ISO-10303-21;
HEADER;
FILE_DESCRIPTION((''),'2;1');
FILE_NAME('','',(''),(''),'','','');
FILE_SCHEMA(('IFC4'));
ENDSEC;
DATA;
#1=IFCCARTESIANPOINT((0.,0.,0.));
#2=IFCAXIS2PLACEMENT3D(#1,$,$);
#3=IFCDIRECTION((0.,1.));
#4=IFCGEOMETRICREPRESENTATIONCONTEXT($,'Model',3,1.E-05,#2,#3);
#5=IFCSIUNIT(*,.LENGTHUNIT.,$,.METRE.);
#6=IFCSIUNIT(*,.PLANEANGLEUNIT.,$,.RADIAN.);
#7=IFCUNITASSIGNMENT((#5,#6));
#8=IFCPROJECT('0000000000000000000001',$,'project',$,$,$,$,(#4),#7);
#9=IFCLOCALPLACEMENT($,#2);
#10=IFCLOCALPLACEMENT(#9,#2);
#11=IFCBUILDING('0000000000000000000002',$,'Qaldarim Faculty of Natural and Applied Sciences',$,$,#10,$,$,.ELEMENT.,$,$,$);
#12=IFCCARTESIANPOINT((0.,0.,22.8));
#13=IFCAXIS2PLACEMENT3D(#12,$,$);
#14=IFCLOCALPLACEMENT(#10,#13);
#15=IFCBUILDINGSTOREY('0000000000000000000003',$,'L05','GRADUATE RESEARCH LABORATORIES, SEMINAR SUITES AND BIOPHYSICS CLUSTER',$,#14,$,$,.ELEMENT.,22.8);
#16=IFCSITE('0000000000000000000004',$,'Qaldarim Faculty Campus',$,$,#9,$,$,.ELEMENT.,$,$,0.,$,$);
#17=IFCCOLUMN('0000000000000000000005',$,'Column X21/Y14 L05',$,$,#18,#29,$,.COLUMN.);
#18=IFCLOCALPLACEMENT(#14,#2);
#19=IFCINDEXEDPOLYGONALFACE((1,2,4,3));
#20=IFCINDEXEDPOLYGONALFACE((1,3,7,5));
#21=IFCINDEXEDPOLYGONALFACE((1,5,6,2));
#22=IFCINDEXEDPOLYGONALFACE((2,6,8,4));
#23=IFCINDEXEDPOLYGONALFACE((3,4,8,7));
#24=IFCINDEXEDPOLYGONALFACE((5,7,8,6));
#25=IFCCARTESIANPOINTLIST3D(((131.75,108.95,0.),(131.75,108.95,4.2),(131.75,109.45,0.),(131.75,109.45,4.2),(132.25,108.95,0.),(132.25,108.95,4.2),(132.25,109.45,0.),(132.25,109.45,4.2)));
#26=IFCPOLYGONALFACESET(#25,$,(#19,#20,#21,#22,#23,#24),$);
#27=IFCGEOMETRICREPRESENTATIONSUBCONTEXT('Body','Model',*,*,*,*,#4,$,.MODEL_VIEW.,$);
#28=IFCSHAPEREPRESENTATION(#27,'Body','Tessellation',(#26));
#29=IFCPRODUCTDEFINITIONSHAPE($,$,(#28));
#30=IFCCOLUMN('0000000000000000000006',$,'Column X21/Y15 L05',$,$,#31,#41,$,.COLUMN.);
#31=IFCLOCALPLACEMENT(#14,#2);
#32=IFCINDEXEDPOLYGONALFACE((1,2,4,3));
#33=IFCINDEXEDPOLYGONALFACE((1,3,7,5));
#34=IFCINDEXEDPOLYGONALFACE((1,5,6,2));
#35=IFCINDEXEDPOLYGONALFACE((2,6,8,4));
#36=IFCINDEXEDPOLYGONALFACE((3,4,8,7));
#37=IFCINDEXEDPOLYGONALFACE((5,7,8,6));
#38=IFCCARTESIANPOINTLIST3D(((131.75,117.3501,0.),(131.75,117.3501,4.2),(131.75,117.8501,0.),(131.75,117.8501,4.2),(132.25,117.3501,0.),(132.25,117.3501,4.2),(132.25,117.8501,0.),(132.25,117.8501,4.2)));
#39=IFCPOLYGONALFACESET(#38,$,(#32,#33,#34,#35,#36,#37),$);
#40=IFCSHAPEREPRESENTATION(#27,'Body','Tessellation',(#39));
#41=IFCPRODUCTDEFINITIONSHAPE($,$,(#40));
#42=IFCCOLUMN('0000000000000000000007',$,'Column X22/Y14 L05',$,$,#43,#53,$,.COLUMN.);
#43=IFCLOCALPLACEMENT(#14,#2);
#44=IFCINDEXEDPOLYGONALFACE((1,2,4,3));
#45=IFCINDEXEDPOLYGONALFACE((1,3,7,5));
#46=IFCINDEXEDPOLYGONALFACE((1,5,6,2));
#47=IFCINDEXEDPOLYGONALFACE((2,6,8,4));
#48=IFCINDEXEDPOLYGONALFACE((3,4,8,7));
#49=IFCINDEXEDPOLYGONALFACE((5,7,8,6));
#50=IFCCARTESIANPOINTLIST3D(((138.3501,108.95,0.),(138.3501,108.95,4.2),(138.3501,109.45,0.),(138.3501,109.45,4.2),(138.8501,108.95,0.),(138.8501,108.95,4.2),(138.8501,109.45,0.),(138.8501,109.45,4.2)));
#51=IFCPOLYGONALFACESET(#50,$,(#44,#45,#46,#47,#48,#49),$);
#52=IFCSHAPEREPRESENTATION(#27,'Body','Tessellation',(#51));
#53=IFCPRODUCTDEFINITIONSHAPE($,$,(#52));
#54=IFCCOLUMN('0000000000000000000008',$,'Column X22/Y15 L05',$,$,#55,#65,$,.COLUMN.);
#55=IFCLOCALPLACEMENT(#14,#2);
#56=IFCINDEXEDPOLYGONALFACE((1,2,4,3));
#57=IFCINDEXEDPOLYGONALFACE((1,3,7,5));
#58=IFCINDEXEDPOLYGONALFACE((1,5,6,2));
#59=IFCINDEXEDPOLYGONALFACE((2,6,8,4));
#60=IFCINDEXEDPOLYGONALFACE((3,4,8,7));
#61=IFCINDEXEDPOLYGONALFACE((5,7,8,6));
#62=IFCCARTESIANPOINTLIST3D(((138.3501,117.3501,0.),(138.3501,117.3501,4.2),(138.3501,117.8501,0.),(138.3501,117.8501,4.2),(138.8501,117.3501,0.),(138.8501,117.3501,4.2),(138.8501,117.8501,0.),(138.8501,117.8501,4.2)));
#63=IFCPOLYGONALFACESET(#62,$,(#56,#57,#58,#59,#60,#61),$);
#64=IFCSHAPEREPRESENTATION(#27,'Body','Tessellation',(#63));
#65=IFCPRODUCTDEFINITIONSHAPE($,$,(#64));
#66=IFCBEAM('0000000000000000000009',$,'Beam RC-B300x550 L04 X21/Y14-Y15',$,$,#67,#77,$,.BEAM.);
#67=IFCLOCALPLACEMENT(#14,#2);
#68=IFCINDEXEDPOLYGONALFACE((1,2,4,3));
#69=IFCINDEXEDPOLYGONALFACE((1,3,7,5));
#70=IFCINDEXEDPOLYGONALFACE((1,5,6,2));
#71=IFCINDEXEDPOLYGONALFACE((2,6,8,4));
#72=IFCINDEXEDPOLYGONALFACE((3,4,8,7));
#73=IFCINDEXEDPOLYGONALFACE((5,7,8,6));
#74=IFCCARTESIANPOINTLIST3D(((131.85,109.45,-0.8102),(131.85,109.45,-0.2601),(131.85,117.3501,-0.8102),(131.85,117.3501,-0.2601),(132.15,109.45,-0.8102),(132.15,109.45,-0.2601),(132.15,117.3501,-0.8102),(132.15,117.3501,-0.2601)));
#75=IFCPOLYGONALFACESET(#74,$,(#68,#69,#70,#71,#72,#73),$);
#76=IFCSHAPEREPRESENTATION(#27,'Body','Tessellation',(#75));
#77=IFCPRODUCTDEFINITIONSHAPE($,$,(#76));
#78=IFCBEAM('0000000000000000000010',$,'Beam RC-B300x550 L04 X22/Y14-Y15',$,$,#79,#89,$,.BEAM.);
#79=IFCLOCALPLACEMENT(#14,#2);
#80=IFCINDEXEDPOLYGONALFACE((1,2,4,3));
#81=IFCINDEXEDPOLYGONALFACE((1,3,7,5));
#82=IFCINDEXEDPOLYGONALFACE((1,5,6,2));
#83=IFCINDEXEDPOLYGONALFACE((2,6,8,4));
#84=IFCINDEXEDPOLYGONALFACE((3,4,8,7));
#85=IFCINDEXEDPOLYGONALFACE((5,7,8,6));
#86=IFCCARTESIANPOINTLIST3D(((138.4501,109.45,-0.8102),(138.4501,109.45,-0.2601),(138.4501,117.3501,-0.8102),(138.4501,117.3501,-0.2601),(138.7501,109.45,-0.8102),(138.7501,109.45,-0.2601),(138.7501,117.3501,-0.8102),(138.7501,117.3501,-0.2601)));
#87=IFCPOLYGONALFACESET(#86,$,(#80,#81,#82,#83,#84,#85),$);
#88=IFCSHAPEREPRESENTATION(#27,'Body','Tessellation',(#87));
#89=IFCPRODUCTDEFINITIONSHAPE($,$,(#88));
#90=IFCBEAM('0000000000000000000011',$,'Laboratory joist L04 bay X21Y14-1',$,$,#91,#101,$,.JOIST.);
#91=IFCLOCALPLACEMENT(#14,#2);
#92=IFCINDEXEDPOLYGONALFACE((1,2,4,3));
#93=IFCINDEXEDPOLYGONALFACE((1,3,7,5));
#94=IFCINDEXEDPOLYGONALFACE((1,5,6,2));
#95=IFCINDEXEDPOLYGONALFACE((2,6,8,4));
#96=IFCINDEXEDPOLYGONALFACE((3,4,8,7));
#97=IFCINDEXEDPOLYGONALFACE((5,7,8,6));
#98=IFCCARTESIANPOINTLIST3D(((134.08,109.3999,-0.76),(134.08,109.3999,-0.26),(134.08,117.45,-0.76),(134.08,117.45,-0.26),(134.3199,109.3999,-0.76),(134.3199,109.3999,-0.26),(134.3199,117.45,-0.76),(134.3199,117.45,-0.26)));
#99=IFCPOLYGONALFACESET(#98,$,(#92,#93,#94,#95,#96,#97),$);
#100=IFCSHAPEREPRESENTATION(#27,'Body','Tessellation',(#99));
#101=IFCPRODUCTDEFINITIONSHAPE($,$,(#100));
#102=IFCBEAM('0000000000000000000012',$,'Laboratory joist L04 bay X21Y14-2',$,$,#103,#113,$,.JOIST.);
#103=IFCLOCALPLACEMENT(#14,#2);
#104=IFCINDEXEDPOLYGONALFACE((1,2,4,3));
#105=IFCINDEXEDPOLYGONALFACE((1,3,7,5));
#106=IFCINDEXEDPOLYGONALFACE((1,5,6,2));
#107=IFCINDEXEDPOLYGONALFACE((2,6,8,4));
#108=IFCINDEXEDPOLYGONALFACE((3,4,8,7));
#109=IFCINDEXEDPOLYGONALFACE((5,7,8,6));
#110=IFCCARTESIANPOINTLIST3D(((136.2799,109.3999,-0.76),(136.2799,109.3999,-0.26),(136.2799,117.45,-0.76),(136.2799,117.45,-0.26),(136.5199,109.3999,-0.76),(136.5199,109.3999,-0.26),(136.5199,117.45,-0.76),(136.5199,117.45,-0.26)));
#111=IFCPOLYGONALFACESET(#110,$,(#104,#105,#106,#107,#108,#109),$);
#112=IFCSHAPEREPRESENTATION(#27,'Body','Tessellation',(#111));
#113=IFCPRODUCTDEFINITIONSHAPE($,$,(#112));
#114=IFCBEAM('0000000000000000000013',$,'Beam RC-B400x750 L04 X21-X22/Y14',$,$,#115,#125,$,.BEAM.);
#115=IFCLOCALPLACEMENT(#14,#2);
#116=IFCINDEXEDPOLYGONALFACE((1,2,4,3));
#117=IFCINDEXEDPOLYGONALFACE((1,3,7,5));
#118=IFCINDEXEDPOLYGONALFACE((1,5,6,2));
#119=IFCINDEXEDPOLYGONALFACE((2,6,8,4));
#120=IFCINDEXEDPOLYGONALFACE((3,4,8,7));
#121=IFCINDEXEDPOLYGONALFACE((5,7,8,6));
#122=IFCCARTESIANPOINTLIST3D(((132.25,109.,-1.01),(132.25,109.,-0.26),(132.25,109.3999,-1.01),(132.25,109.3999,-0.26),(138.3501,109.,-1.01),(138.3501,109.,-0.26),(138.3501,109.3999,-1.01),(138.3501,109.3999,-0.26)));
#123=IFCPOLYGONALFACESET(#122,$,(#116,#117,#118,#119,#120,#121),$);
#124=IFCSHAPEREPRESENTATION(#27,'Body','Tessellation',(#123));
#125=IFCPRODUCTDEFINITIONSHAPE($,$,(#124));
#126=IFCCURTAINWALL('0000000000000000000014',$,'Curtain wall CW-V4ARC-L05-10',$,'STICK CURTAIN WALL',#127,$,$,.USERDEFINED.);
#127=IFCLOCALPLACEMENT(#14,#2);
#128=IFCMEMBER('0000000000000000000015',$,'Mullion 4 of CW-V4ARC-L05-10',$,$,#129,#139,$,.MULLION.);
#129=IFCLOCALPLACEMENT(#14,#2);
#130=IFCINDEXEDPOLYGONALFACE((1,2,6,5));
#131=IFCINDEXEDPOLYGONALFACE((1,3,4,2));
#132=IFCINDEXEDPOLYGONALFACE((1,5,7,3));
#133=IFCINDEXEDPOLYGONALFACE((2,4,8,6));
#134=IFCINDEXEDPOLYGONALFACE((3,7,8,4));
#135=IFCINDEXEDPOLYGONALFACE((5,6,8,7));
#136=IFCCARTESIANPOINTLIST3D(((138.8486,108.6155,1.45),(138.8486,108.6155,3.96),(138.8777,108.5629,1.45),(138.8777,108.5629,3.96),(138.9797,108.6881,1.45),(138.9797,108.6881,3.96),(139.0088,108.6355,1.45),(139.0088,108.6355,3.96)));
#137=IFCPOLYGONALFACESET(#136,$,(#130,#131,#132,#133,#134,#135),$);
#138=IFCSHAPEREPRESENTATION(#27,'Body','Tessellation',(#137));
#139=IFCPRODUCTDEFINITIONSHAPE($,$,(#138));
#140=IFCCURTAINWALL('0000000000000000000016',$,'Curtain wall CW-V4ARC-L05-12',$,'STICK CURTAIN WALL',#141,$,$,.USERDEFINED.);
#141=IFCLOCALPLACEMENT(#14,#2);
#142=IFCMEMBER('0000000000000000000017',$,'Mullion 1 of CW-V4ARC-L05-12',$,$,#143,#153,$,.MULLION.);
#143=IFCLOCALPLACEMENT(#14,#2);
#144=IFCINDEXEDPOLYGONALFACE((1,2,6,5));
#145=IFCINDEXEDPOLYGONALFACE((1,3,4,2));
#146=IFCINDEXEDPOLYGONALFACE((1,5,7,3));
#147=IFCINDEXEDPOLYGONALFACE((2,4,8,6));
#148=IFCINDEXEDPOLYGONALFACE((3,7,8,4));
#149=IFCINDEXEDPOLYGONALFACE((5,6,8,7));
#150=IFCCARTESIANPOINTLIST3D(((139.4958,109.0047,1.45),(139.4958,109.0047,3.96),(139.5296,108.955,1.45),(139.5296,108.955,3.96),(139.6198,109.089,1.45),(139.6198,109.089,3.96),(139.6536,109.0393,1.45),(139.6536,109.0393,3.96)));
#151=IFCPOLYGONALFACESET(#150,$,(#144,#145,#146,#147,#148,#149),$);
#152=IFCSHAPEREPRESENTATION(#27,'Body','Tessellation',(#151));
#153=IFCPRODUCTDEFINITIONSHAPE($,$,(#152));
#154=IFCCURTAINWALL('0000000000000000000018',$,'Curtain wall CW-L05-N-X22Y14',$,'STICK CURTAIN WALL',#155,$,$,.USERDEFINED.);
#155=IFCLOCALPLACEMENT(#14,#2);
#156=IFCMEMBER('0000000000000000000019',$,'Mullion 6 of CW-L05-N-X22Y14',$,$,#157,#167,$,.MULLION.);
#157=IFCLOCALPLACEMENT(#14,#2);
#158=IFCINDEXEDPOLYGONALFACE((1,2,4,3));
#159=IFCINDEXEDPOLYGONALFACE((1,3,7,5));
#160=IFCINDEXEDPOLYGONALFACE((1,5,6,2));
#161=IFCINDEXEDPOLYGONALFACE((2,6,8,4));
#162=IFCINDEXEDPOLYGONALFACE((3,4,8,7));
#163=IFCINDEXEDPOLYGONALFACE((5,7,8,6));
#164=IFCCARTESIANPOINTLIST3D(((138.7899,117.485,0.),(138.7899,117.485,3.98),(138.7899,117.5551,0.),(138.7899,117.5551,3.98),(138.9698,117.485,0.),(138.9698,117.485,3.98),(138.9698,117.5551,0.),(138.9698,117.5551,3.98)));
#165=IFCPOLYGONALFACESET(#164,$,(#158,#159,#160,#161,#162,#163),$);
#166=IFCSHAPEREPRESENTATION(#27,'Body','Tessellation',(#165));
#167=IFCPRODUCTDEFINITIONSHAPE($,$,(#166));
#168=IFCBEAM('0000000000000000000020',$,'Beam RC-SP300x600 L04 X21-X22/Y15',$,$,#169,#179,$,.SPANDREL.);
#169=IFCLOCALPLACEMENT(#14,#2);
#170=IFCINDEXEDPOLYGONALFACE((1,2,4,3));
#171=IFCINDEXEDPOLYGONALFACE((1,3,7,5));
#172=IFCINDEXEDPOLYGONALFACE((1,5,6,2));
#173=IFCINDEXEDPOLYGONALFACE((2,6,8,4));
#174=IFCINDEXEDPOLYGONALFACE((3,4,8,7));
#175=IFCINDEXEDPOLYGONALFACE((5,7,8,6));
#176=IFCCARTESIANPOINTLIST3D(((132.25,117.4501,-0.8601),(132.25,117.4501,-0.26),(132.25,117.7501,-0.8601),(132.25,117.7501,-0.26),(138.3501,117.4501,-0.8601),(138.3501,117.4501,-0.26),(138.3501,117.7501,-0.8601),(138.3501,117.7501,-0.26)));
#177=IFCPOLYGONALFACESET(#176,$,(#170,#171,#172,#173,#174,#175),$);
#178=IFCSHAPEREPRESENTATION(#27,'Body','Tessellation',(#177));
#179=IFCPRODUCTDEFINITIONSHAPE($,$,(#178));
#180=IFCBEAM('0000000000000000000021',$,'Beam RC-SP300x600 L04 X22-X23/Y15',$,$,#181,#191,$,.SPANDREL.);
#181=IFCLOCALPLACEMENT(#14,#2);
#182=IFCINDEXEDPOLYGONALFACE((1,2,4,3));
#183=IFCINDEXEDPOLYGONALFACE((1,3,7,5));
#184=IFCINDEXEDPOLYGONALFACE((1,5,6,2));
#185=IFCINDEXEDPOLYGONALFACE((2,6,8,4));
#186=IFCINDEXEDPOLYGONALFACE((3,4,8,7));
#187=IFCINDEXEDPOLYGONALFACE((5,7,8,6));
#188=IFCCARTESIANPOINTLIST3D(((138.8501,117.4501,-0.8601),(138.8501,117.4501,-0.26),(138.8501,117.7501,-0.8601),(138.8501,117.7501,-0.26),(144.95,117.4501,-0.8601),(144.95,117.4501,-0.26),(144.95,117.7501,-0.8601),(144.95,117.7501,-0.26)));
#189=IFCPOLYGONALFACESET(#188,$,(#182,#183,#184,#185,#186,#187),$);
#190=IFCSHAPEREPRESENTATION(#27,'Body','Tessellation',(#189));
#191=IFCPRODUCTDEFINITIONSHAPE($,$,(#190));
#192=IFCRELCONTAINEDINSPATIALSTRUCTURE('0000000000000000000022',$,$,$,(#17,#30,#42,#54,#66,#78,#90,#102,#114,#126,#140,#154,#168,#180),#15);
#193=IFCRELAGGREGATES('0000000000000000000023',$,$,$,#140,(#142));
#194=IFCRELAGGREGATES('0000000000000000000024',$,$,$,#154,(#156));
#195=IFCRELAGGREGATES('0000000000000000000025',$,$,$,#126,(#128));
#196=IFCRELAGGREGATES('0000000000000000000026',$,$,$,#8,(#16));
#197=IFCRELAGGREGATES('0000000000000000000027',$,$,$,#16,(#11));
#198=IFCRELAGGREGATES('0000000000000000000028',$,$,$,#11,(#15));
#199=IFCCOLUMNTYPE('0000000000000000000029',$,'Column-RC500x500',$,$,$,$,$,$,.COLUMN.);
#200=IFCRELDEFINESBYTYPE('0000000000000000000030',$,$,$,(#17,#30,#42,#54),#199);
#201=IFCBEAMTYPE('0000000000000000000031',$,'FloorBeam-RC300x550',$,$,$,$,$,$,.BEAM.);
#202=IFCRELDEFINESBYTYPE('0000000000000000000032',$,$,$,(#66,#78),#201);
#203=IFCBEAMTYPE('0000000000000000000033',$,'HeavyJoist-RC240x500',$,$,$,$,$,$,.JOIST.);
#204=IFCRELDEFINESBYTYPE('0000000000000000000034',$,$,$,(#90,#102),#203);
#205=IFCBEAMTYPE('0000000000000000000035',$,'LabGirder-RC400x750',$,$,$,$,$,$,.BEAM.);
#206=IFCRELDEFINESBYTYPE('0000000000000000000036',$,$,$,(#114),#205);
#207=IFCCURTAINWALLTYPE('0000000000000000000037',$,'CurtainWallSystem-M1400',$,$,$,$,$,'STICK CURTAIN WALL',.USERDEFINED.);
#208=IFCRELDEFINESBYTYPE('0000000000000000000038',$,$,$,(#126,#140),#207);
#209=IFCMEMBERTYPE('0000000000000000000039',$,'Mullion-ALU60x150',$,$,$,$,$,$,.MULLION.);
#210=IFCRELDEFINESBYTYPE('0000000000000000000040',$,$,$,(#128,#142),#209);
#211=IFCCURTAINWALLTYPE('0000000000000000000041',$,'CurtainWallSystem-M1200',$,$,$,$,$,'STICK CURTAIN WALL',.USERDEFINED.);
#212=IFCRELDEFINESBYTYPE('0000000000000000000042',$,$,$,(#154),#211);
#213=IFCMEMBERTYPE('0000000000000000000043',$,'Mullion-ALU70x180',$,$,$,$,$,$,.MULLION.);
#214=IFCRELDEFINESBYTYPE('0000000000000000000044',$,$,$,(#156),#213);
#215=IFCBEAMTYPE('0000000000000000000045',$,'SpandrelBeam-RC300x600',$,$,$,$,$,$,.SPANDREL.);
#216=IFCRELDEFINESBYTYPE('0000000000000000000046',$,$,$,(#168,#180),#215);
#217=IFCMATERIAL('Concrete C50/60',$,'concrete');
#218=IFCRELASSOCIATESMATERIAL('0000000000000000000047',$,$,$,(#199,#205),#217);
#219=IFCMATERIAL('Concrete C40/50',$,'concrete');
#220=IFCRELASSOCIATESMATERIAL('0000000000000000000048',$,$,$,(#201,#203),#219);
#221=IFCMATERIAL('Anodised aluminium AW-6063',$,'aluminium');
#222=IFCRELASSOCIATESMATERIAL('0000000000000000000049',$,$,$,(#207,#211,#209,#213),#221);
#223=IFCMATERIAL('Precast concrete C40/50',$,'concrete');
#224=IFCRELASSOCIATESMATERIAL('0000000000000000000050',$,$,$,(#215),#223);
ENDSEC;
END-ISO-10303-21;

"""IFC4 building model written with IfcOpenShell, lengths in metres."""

from ifc_helpers import new_model, si_unit, direction, frame, origin, origin_2d, place, context, subcontext, project, spatial, rectangle, extrude, material, material_profile, profile_set, type_object, element, aggregate, save


model = new_model("IFC4")

# Units and contexts
model_context = context("Model", 3, precision=1e-05, world=origin(), true_north=direction((0.0, 1.0)))
body_context = subcontext(model_context, "Body", "Model", "MODEL_VIEW")
ifc_project = project(units=[si_unit("LENGTHUNIT", "METRE"), si_unit("PLANEANGLEUNIT", "RADIAN")], contexts=[model_context])

# Site, building, storey
site_placement = place(None, origin())
site = spatial("IfcSite", under=ifc_project, at=site_placement, Name="Qaldarim Faculty Campus", CompositionType="ELEMENT", RefElevation=0.0)
building_placement = place(site_placement, origin())
building = spatial("IfcBuilding", under=site, at=building_placement, Name="Qaldarim Faculty of Natural and Applied Sciences", CompositionType="ELEMENT")
storey_placement = place(building_placement, frame((0.0, 0.0, 22.8)))
storey = spatial("IfcBuildingStorey", under=building, at=storey_placement, Name="L05", Description="GRADUATE RESEARCH LABORATORIES, SEMINAR SUITES AND BIOPHYSICS CLUSTER", CompositionType="ELEMENT", Elevation=22.8)

# Columns
ifc_material_1 = material(Name="Concrete C50/60", Category="concrete")
ifc_material_profile_1 = material_profile(ifc_material_1, rectangle(XDim=0.5, YDim=0.5, at=origin_2d()), Name="RC-C500x500")
ifc_profile_set_1 = profile_set([ifc_material_profile_1], Name="Concrete C50/60")
column_type = type_object("IfcColumnType", Name="Column-RC500x500", PredefinedType="COLUMN", material=ifc_profile_set_1)
for number, where, z_axis, x_axis, name in (
    (1, (132.0, 109.2, 0.0), (0.0, 0.0, 1.0), (1.0, 0.0, 0.0), "Column X21/Y14 L05"),
    (2, (132.0, 117.6001, 0.0), (0.0, 0.0, 1.0), (1.0, 0.0, 0.0), "Column X21/Y15 L05"),
    (3, (138.6001, 109.2, 0.0), (0.0, 0.0, 1.0), (1.0, 0.0, 0.0), "Column X22/Y14 L05"),
    (4, (138.6001, 117.6001, 0.0), (0.0, 0.0, 1.0), (1.0, 0.0, 0.0), "Column X22/Y15 L05"),
):
    element("IfcColumn", number, at=place(storey_placement, frame(where, z_axis=z_axis, x_axis=x_axis)), inside=storey, type_object=column_type, Name=name, PredefinedType="COLUMN", context=body_context, shape_type="SweptSolid", body=[
        extrude(rectangle(XDim=0.5, YDim=0.5, at=origin_2d()), origin(), (0.0, 0.0, 1.0), 4.2),
    ])

# Beams
ifc_material_2 = material(Name="Concrete C40/50", Category="concrete")
ifc_material_profile_2 = material_profile(ifc_material_2, rectangle(XDim=0.3, YDim=0.55, at=origin_2d()), Name="RC-B300x550")
ifc_profile_set_2 = profile_set([ifc_material_profile_2], Name="Concrete C40/50")
beam_type_1 = type_object("IfcBeamType", Name="FloorBeam-RC300x550", PredefinedType="BEAM", material=ifc_profile_set_2)
for number, where, z_axis, x_axis, name in (
    (5, (132.0, 109.45, -0.5352), (0.0, 1.0, 0.0), (-1.0, 0.0, 0.0), "Beam RC-B300x550 L04 X21/Y14-Y15"),
    (6, (138.6001, 109.45, -0.5352), (0.0, 1.0, 0.0), (-1.0, 0.0, 0.0), "Beam RC-B300x550 L04 X22/Y14-Y15"),
):
    element("IfcBeam", number, at=place(storey_placement, frame(where, z_axis=z_axis, x_axis=x_axis)), inside=storey, type_object=beam_type_1, Name=name, PredefinedType="BEAM", context=body_context, shape_type="SweptSolid", body=[
        extrude(rectangle(XDim=0.3, YDim=0.55, at=origin_2d()), origin(), (0.0, 0.0, 1.0), 7.9001),
    ])
ifc_material_profile_3 = material_profile(ifc_material_2, rectangle(XDim=0.24, YDim=0.5, at=origin_2d()), Name="RC-J240x500")
ifc_profile_set_3 = profile_set([ifc_material_profile_3], Name="Concrete C40/50")
beam_type_2 = type_object("IfcBeamType", Name="HeavyJoist-RC240x500", PredefinedType="JOIST", material=ifc_profile_set_3)
for number, where, z_axis, x_axis, name in (
    (7, (134.2, 109.3999, -0.51), (0.0, 1.0, 0.0), (-1.0, 0.0, 0.0), "Laboratory joist L04 bay X21Y14-1"),
    (8, (136.3999, 109.3999, -0.51), (0.0, 1.0, 0.0), (-1.0, 0.0, 0.0), "Laboratory joist L04 bay X21Y14-2"),
):
    element("IfcBeam", number, at=place(storey_placement, frame(where, z_axis=z_axis, x_axis=x_axis)), inside=storey, type_object=beam_type_2, Name=name, PredefinedType="JOIST", context=body_context, shape_type="SweptSolid", body=[
        extrude(rectangle(XDim=0.24, YDim=0.5, at=origin_2d()), origin(), (0.0, 0.0, 1.0), 8.05),
    ])
ifc_material_profile_4 = material_profile(ifc_material_1, rectangle(XDim=0.3999, YDim=0.75, at=origin_2d()), Name="RC-B400x750")
ifc_profile_set_4 = profile_set([ifc_material_profile_4], Name="Concrete C50/60")
beam_type_3 = type_object("IfcBeamType", Name="LabGirder-RC400x750", PredefinedType="BEAM", material=ifc_profile_set_4)
beam_1_placement = place(storey_placement, frame((132.25, 109.2, -0.635), z_axis=(1.0, 0.0, 0.0), x_axis=(0.0, 1.0, 0.0)))
element("IfcBeam", 9, at=beam_1_placement, inside=storey, type_object=beam_type_3, Name="Beam RC-B400x750 L04 X21-X22/Y14", PredefinedType="BEAM", context=body_context, shape_type="SweptSolid", body=[
    extrude(rectangle(XDim=0.3999, YDim=0.75, at=origin_2d()), origin(), (0.0, 0.0, 1.0), 6.1001),
])

# Curtain walls, members
ifc_material_3 = material(Name="Anodised aluminium AW-6063", Category="aluminium")
curtain_wall_type_1 = type_object("IfcCurtainWallType", Name="CurtainWallSystem-M1400", ElementType="STICK CURTAIN WALL", PredefinedType="USERDEFINED", material=ifc_material_3)
curtain_wall_1_placement = place(storey_placement, origin())
curtain_wall_1 = element("IfcCurtainWall", 10, at=curtain_wall_1_placement, inside=storey, type_object=curtain_wall_type_1, Name="Curtain wall CW-V4ARC-L05-10", ObjectType="STICK CURTAIN WALL", PredefinedType="USERDEFINED")
ifc_material_profile_5 = material_profile(ifc_material_3, rectangle(XDim=0.0601, YDim=0.1499, at=origin_2d()), Name="ALU-M60x150")
ifc_profile_set_5 = profile_set([ifc_material_profile_5], Name="Anodised aluminium AW-6063")
member_type_1 = type_object("IfcMemberType", Name="Mullion-ALU60x150", PredefinedType="MULLION", material=ifc_profile_set_5)
member_1_placement = place(storey_placement, frame((138.9287, 108.6255, 1.45), z_axis=(0.0, 0.0, 1.0), x_axis=(-0.484382, 0.874857, 0.0)))
member_1 = element("IfcMember", 11, at=member_1_placement, type_object=member_type_1, Name="Mullion 4 of CW-V4ARC-L05-10", PredefinedType="MULLION", context=body_context, shape_type="SweptSolid", body=[
    extrude(rectangle(XDim=0.0601, YDim=0.1499, at=origin_2d()), origin(), (0.0, 0.0, 1.0), 2.51),
])
curtain_wall_2_placement = place(storey_placement, origin())
curtain_wall_2 = element("IfcCurtainWall", 12, at=curtain_wall_2_placement, inside=storey, type_object=curtain_wall_type_1, Name="Curtain wall CW-V4ARC-L05-12", ObjectType="STICK CURTAIN WALL", PredefinedType="USERDEFINED")
member_2_placement = place(storey_placement, frame((139.5747, 109.022, 1.45), z_axis=(0.0, 0.0, 1.0), x_axis=(-0.562372, 0.826884, 0.0)))
member_2 = element("IfcMember", 13, at=member_2_placement, type_object=member_type_1, Name="Mullion 1 of CW-V4ARC-L05-12", PredefinedType="MULLION", context=body_context, shape_type="SweptSolid", body=[
    extrude(rectangle(XDim=0.0601, YDim=0.1499, at=origin_2d()), origin(), (0.0, 0.0, 1.0), 2.51),
])
curtain_wall_type_2 = type_object("IfcCurtainWallType", Name="CurtainWallSystem-M1200", ElementType="STICK CURTAIN WALL", PredefinedType="USERDEFINED", material=ifc_material_3)
curtain_wall_3_placement = place(storey_placement, origin())
curtain_wall_3 = element("IfcCurtainWall", 14, at=curtain_wall_3_placement, inside=storey, type_object=curtain_wall_type_2, Name="Curtain wall CW-L05-N-X22Y14", ObjectType="STICK CURTAIN WALL", PredefinedType="USERDEFINED")
ifc_material_profile_6 = material_profile(ifc_material_3, rectangle(XDim=0.0701, YDim=0.1799, at=origin_2d()), Name="ALU-M70x180")
ifc_profile_set_6 = profile_set([ifc_material_profile_6], Name="Anodised aluminium AW-6063")
member_type_2 = type_object("IfcMemberType", Name="Mullion-ALU70x180", PredefinedType="MULLION", material=ifc_profile_set_6)
member_3_placement = place(storey_placement, frame((138.8799, 117.52, 0.0), z_axis=(0.0, 0.0, 1.0), x_axis=(0.0, -1.0, 0.0)))
member_3 = element("IfcMember", 15, at=member_3_placement, type_object=member_type_2, Name="Mullion 6 of CW-L05-N-X22Y14", PredefinedType="MULLION", context=body_context, shape_type="SweptSolid", body=[
    extrude(rectangle(XDim=0.0701, YDim=0.1799, at=origin_2d()), origin(), (0.0, 0.0, 1.0), 3.98),
])

# Beams
ifc_material_4 = material(Name="Precast concrete C40/50", Category="concrete")
ifc_material_profile_7 = material_profile(ifc_material_4, rectangle(XDim=0.3, YDim=0.6001, at=origin_2d()), Name="RC-SP300x600")
ifc_profile_set_7 = profile_set([ifc_material_profile_7], Name="Precast concrete C40/50")
beam_type_4 = type_object("IfcBeamType", Name="SpandrelBeam-RC300x600", PredefinedType="SPANDREL", material=ifc_profile_set_7)
beam_2_placement = place(storey_placement, frame((132.25, 117.6001, -0.5601), z_axis=(1.0, 0.0, 0.0), x_axis=(0.0, 1.0, 0.0)))
element("IfcBeam", 16, at=beam_2_placement, inside=storey, type_object=beam_type_4, Name="Beam RC-SP300x600 L04 X21-X22/Y15", PredefinedType="SPANDREL", context=body_context, shape_type="SweptSolid", body=[
    extrude(rectangle(XDim=0.3, YDim=0.6001, at=origin_2d()), origin(), (0.0, 0.0, 1.0), 6.1001),
])
beam_3_placement = place(storey_placement, frame((138.8501, 117.6001, -0.5601), z_axis=(1.0, 0.0, 0.0), x_axis=(0.0, 1.0, 0.0)))
element("IfcBeam", 17, at=beam_3_placement, inside=storey, type_object=beam_type_4, Name="Beam RC-SP300x600 L04 X22-X23/Y15", PredefinedType="SPANDREL", context=body_context, shape_type="SweptSolid", body=[
    extrude(rectangle(XDim=0.3, YDim=0.6001, at=origin_2d()), origin(), (0.0, 0.0, 1.0), 6.0999),
])

aggregate(curtain_wall_2, [member_2])

aggregate(curtain_wall_3, [member_3])
aggregate(curtain_wall_1, [member_1])

save(model, "model.ifc")
